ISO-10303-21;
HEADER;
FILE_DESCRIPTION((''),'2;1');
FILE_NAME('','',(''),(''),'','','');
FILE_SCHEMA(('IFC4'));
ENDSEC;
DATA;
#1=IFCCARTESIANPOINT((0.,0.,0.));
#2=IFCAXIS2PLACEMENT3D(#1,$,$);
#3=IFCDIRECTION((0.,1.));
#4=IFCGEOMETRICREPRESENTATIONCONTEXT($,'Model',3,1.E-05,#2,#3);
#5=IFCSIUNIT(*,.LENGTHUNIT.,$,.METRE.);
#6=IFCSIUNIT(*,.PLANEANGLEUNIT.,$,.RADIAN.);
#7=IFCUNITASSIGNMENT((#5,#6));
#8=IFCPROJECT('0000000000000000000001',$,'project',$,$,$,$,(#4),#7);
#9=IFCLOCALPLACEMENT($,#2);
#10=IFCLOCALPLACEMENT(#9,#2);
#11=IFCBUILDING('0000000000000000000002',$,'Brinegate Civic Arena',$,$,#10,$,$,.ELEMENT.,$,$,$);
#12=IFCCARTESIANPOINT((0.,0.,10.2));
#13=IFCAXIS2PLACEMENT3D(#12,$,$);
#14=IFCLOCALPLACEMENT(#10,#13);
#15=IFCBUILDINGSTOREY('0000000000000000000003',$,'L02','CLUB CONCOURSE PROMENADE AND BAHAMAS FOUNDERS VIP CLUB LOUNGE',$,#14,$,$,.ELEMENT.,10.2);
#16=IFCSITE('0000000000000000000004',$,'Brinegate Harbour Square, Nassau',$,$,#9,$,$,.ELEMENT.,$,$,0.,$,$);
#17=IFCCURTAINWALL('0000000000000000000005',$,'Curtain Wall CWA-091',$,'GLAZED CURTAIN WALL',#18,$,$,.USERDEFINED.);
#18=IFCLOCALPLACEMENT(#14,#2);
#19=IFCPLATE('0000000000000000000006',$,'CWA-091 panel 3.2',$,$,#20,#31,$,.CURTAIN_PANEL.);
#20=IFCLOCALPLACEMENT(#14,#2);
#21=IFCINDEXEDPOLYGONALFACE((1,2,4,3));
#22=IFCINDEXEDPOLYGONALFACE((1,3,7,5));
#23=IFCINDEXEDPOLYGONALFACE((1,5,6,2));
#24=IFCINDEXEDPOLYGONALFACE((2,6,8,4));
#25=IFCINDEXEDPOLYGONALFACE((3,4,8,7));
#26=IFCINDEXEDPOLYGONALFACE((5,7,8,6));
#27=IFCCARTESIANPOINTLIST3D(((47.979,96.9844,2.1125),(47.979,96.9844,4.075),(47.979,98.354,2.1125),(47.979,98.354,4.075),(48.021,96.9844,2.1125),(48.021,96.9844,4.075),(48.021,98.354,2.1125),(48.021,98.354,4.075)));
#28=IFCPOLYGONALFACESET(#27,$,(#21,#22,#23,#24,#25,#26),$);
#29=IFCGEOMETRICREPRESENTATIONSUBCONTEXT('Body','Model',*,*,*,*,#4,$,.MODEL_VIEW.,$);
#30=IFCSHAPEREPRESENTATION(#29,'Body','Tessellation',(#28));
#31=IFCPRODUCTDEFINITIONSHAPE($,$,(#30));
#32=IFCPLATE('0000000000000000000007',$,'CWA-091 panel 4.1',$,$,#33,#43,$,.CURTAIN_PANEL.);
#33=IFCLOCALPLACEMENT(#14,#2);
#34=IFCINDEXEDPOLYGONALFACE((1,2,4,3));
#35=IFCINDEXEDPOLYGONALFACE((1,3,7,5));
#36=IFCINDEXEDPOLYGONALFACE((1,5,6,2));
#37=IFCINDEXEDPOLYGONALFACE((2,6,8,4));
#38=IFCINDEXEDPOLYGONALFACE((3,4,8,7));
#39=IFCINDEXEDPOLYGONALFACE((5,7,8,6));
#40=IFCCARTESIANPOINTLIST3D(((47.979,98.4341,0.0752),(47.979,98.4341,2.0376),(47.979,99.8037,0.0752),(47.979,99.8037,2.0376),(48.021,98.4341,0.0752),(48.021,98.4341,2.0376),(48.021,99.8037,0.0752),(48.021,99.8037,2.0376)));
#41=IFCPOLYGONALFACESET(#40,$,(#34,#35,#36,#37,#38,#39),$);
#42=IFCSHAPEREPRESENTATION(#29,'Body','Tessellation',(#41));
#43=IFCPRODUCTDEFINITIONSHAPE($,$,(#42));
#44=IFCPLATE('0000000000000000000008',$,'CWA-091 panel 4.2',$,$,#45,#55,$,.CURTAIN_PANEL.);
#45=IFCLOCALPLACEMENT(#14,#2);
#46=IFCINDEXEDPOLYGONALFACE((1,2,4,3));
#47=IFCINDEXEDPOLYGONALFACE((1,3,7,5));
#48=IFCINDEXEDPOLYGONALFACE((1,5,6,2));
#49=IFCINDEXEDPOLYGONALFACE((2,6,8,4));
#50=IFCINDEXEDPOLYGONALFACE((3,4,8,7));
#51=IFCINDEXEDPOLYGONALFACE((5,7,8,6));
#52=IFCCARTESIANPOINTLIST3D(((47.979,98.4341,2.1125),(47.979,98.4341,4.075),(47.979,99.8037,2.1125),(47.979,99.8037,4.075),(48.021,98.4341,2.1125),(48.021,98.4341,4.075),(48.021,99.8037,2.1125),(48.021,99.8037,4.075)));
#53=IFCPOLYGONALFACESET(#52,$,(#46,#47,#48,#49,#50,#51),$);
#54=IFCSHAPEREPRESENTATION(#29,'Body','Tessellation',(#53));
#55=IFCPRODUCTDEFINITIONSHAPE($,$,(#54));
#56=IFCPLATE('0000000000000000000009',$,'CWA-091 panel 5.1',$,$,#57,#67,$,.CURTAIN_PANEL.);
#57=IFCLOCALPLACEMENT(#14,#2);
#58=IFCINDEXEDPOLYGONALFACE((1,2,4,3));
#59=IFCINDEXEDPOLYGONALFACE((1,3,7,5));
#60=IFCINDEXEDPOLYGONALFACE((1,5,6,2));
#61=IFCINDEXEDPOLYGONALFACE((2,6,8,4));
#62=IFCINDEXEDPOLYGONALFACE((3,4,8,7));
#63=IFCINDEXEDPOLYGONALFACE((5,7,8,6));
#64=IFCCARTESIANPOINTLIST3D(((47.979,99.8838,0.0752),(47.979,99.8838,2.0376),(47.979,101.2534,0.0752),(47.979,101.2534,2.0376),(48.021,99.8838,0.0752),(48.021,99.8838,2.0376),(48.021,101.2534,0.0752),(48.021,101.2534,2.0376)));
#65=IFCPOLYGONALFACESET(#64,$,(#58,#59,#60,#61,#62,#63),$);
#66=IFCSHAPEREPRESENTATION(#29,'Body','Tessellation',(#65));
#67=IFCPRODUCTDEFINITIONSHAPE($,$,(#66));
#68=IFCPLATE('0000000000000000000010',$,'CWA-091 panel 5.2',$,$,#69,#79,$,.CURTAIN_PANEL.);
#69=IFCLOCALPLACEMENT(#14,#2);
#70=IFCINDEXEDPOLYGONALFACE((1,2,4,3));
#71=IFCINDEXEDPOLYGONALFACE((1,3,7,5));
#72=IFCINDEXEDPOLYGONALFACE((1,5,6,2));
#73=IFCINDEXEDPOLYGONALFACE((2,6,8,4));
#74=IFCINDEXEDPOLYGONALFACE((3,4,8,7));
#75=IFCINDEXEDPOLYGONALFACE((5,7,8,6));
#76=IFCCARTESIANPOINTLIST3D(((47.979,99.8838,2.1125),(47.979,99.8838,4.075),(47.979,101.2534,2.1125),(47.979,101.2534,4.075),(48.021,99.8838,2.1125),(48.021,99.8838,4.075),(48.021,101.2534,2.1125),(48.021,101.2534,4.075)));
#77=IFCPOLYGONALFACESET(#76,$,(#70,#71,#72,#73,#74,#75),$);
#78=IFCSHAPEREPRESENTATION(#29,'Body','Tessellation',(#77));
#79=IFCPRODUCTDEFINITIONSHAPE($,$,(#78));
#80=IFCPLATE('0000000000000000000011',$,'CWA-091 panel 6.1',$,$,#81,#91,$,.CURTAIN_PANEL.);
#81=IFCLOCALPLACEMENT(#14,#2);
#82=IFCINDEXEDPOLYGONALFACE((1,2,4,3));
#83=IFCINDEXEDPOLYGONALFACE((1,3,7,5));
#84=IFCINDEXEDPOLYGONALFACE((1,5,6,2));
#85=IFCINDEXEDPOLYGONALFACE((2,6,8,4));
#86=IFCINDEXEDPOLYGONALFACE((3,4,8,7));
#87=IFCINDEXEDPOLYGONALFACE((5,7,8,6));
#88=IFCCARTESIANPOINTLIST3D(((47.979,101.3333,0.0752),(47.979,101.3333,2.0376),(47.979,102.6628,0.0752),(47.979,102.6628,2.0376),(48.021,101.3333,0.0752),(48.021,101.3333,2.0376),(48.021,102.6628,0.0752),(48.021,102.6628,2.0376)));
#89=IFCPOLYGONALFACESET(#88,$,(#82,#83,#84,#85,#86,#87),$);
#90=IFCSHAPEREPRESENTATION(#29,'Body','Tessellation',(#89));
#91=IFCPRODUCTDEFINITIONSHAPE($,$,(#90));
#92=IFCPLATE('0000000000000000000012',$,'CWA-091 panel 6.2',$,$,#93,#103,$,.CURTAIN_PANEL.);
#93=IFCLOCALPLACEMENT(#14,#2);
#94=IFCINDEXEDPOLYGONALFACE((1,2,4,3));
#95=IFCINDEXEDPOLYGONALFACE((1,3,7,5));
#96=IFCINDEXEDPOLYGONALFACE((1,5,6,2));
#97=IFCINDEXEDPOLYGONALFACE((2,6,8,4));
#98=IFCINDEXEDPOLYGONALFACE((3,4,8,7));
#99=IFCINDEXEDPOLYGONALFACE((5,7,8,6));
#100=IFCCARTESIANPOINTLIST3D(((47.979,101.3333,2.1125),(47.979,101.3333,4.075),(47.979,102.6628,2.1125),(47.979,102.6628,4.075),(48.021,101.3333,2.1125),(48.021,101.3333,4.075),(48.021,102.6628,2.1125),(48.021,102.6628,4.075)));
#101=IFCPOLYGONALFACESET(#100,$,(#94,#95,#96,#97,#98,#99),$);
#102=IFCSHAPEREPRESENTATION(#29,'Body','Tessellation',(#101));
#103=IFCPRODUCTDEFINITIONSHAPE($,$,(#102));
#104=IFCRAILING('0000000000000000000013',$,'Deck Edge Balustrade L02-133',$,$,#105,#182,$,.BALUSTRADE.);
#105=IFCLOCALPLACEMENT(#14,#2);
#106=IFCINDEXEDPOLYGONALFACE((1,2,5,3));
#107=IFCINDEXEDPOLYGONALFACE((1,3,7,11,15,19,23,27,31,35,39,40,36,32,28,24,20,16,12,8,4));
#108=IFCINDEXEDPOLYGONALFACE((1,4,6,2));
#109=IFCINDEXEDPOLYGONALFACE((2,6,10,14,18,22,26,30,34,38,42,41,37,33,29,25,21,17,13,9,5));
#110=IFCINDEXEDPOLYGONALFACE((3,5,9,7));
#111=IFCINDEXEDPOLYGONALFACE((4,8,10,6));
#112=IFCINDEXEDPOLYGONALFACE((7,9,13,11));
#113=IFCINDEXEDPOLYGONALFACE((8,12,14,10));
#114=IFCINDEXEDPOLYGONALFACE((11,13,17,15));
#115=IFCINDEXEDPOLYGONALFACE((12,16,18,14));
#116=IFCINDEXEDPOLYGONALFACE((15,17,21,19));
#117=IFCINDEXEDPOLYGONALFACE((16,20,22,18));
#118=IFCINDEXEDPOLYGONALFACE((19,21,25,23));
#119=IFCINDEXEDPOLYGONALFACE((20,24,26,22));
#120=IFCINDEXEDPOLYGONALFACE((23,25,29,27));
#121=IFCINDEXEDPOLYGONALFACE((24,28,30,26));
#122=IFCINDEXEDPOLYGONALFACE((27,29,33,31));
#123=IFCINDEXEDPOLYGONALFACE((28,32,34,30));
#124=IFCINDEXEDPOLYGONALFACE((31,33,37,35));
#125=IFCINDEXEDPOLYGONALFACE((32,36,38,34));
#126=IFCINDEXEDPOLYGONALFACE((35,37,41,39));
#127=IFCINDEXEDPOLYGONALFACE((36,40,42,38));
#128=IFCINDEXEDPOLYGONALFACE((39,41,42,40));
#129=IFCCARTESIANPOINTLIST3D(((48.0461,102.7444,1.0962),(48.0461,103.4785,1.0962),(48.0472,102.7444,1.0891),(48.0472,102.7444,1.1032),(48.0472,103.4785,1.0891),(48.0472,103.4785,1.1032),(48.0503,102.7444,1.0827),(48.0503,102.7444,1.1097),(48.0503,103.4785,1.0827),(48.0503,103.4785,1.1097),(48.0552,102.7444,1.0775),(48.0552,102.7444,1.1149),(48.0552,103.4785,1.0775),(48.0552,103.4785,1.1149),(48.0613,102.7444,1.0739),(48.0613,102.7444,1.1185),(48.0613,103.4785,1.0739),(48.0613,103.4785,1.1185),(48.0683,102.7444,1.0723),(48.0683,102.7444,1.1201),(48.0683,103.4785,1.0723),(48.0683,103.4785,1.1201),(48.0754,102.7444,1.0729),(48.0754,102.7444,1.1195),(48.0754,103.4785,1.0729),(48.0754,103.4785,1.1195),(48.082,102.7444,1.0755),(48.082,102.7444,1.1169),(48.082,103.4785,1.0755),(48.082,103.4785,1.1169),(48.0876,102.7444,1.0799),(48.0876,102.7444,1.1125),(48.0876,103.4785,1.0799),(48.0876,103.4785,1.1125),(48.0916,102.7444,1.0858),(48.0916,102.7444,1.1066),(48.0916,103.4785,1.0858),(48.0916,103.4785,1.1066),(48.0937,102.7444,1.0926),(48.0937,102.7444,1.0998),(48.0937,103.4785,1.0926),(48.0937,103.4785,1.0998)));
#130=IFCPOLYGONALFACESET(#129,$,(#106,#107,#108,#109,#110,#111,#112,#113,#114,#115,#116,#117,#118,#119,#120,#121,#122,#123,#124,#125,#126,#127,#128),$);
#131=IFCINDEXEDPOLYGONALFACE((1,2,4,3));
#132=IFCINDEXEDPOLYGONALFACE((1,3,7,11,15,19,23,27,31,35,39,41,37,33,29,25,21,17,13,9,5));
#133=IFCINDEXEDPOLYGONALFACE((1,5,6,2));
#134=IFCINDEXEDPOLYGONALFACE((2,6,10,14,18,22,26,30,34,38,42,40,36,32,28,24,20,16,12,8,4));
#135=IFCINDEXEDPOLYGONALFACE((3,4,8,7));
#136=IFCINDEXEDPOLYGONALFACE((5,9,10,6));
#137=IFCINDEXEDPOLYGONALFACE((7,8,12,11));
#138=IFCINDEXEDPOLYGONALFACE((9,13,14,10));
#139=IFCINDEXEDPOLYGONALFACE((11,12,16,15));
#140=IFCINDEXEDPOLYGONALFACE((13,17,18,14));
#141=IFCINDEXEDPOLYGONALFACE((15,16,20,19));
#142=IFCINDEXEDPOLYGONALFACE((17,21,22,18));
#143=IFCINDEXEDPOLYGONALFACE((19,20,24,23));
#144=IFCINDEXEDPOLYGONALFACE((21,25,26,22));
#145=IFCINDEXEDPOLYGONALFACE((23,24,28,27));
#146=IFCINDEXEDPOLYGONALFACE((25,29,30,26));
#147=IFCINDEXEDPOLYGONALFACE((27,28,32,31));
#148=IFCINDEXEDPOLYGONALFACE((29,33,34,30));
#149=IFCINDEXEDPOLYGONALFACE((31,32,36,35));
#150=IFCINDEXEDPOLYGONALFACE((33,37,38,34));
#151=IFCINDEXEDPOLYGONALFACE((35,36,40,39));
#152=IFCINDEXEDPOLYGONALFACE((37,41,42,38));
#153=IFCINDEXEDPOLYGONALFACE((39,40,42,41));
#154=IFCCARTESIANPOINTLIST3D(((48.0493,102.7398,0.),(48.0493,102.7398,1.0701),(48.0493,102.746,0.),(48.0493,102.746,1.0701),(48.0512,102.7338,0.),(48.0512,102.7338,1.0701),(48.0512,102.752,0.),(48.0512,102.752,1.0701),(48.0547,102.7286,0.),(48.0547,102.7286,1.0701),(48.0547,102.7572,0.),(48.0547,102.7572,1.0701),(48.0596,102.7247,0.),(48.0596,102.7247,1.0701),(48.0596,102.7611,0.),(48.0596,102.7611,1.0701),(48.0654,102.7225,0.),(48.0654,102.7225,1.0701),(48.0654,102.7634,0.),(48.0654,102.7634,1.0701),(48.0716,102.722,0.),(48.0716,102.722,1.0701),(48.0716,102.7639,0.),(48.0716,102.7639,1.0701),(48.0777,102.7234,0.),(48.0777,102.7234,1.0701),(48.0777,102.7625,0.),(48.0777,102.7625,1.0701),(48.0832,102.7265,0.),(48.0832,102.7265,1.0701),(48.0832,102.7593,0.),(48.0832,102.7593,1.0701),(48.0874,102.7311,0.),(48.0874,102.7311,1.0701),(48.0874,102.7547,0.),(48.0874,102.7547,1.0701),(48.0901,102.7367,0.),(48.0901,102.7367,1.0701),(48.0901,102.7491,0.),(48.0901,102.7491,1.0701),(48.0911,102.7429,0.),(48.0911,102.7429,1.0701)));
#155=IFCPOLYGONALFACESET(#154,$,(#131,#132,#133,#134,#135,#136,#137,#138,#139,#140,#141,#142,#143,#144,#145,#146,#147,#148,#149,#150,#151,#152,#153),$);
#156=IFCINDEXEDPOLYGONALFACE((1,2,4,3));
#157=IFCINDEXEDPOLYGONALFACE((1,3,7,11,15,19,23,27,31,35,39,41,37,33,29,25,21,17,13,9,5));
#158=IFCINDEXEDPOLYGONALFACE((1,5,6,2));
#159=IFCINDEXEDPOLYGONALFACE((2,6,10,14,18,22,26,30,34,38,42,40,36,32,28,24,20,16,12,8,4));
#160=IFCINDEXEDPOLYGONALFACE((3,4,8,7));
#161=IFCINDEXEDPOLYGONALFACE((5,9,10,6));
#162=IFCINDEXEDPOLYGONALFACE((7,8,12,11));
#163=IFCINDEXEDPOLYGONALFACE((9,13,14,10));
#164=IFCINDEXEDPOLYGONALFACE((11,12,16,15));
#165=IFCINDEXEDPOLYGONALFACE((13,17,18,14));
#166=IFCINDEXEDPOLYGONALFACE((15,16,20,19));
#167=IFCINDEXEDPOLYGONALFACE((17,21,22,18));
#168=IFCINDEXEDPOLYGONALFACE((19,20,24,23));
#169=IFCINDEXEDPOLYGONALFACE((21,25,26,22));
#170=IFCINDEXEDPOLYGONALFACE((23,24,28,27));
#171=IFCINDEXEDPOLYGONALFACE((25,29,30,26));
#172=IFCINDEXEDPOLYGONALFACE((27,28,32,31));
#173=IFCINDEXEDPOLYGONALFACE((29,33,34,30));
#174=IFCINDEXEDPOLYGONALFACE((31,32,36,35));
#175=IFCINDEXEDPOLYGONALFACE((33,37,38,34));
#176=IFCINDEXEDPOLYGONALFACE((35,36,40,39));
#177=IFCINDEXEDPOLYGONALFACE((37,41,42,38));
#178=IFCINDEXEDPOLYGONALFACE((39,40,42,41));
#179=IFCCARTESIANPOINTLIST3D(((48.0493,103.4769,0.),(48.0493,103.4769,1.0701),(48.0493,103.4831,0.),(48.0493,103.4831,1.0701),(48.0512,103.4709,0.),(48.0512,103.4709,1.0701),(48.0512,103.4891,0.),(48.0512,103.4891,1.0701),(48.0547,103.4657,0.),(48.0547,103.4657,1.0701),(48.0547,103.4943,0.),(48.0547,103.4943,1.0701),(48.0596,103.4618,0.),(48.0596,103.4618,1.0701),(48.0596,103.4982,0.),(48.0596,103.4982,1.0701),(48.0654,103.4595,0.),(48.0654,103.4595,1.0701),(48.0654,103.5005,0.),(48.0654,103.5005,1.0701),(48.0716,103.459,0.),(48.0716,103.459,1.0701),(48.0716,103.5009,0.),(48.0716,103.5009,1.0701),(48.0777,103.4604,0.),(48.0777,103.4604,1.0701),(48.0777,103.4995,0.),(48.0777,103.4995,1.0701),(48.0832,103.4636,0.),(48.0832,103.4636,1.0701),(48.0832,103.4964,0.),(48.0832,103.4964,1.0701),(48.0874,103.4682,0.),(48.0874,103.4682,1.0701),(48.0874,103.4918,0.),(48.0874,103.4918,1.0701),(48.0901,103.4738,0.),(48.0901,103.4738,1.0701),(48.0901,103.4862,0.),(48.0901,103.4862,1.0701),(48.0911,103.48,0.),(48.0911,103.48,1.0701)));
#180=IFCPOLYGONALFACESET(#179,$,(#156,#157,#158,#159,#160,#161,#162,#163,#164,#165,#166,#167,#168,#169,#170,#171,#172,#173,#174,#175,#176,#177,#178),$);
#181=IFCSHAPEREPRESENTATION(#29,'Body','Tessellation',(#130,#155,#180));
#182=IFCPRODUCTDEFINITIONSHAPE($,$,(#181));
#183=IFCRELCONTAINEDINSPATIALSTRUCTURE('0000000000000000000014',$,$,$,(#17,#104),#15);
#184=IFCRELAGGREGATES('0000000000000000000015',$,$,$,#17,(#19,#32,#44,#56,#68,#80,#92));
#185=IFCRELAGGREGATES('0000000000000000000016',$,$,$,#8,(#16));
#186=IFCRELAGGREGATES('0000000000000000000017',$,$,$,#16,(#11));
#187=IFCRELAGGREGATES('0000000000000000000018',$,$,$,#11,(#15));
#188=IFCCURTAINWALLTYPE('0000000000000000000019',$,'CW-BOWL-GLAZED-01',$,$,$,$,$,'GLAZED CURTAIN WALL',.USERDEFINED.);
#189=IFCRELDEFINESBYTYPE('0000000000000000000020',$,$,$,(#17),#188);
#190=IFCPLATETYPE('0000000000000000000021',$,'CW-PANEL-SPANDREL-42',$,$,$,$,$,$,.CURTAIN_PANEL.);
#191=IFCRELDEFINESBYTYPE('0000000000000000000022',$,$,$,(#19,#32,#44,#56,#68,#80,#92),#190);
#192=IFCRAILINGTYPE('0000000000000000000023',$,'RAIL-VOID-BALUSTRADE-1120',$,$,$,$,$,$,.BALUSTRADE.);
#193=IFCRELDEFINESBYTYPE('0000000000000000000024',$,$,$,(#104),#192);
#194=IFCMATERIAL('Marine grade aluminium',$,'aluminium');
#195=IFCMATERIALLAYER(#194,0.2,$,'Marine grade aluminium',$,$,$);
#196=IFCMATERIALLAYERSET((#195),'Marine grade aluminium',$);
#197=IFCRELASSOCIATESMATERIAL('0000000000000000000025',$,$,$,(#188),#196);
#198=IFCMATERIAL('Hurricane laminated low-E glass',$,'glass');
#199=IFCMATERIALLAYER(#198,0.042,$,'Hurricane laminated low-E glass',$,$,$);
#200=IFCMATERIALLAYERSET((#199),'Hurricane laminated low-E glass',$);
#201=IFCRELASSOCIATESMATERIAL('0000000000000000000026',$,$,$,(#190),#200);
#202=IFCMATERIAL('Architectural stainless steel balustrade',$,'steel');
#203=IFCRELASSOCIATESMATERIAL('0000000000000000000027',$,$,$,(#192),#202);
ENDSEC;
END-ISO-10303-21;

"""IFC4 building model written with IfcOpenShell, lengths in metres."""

from ifc_helpers import new_model, si_unit, direction, frame, origin, origin_2d, place, context, subcontext, project, spatial, rectangle, circle, extrude, material, layer, layer_set, type_object, element, aggregate, save


model = new_model("IFC4")

# Units and contexts
model_context = context("Model", 3, precision=1e-05, world=origin(), true_north=direction((0.0, 1.0)))
body_context = subcontext(model_context, "Body", "Model", "MODEL_VIEW")
ifc_project = project(units=[si_unit("LENGTHUNIT", "METRE"), si_unit("PLANEANGLEUNIT", "RADIAN")], contexts=[model_context])

# Site, building, storey
site_placement = place(None, origin())
site = spatial("IfcSite", under=ifc_project, at=site_placement, Name="Brinegate Harbour Square, Nassau", CompositionType="ELEMENT", RefElevation=0.0)
building_placement = place(site_placement, origin())
building = spatial("IfcBuilding", under=site, at=building_placement, Name="Brinegate Civic Arena", CompositionType="ELEMENT")
storey_placement = place(building_placement, frame((0.0, 0.0, 10.2)))
storey = spatial("IfcBuildingStorey", under=building, at=storey_placement, Name="L02", Description="CLUB CONCOURSE PROMENADE AND BAHAMAS FOUNDERS VIP CLUB LOUNGE", CompositionType="ELEMENT", Elevation=10.2)

# Shared definitions
ifc_material_1 = material(Name="Marine grade aluminium", Category="aluminium")
ifc_layer_1 = layer(ifc_material_1, 0.2, Name="Marine grade aluminium")
ifc_layer_set_1 = layer_set([ifc_layer_1], Name="Marine grade aluminium")
curtain_wall_type = type_object("IfcCurtainWallType", Name="CW-BOWL-GLAZED-01", ElementType="GLAZED CURTAIN WALL", PredefinedType="USERDEFINED", material=ifc_layer_set_1)

# Curtain wall
curtain_wall_1_placement = place(storey_placement, origin())
curtain_wall_1 = element("IfcCurtainWall", 1, at=curtain_wall_1_placement, inside=storey, type_object=curtain_wall_type, Name="Curtain Wall CWA-091", ObjectType="GLAZED CURTAIN WALL", PredefinedType="USERDEFINED")

# Plates
ifc_material_2 = material(Name="Hurricane laminated low-E glass", Category="glass")
ifc_layer_2 = layer(ifc_material_2, 0.042, Name="Hurricane laminated low-E glass")
ifc_layer_set_2 = layer_set([ifc_layer_2], Name="Hurricane laminated low-E glass")
plate_type = type_object("IfcPlateType", Name="CW-PANEL-SPANDREL-42", PredefinedType="CURTAIN_PANEL", material=ifc_layer_set_2)
plate_1_placement = place(storey_placement, frame((48.0, 97.6692, 2.1125), z_axis=(0.0, 0.0, 1.0), x_axis=(0.0, 1.0, 0.0)))
plate_1 = element("IfcPlate", 2, at=plate_1_placement, type_object=plate_type, Name="CWA-091 panel 3.2", PredefinedType="CURTAIN_PANEL", context=body_context, shape_type="SweptSolid", body=[
    extrude(rectangle(XDim=1.3696, YDim=0.042, at=origin_2d()), origin(), (0.0, 0.0, 1.0), 1.9624),
])
plate_2_placement = place(storey_placement, frame((48.0, 99.1189, 0.0752), z_axis=(0.0, 0.0, 1.0), x_axis=(0.0, 1.0, 0.0)))
plate_2 = element("IfcPlate", 3, at=plate_2_placement, type_object=plate_type, Name="CWA-091 panel 4.1", PredefinedType="CURTAIN_PANEL", context=body_context, shape_type="SweptSolid", body=[
    extrude(rectangle(XDim=1.3696, YDim=0.042, at=origin_2d()), origin(), (0.0, 0.0, 1.0), 1.9624),
])
plate_3_placement = place(storey_placement, frame((48.0, 99.1189, 2.1125), z_axis=(0.0, 0.0, 1.0), x_axis=(0.0, 1.0, 0.0)))
plate_3 = element("IfcPlate", 4, at=plate_3_placement, type_object=plate_type, Name="CWA-091 panel 4.2", PredefinedType="CURTAIN_PANEL", context=body_context, shape_type="SweptSolid", body=[
    extrude(rectangle(XDim=1.3696, YDim=0.042, at=origin_2d()), origin(), (0.0, 0.0, 1.0), 1.9624),
])
plate_4_placement = place(storey_placement, frame((48.0, 100.5686, 0.0752), z_axis=(0.0, 0.0, 1.0), x_axis=(0.0, 1.0, 0.0)))
plate_4 = element("IfcPlate", 5, at=plate_4_placement, type_object=plate_type, Name="CWA-091 panel 5.1", PredefinedType="CURTAIN_PANEL", context=body_context, shape_type="SweptSolid", body=[
    extrude(rectangle(XDim=1.3696, YDim=0.042, at=origin_2d()), origin(), (0.0, 0.0, 1.0), 1.9624),
])
plate_5_placement = place(storey_placement, frame((48.0, 100.5686, 2.1125), z_axis=(0.0, 0.0, 1.0), x_axis=(0.0, 1.0, 0.0)))
plate_5 = element("IfcPlate", 6, at=plate_5_placement, type_object=plate_type, Name="CWA-091 panel 5.2", PredefinedType="CURTAIN_PANEL", context=body_context, shape_type="SweptSolid", body=[
    extrude(rectangle(XDim=1.3696, YDim=0.042, at=origin_2d()), origin(), (0.0, 0.0, 1.0), 1.9624),
])
plate_6_placement = place(storey_placement, frame((48.0, 101.998, 0.0752), z_axis=(0.0, 0.0, 1.0), x_axis=(0.0, 1.0, 0.0)))
plate_6 = element("IfcPlate", 7, at=plate_6_placement, type_object=plate_type, Name="CWA-091 panel 6.1", PredefinedType="CURTAIN_PANEL", context=body_context, shape_type="SweptSolid", body=[
    extrude(rectangle(XDim=1.3296, YDim=0.042, at=origin_2d()), origin(), (0.0, 0.0, 1.0), 1.9624),
])
plate_7_placement = place(storey_placement, frame((48.0, 101.998, 2.1125), z_axis=(0.0, 0.0, 1.0), x_axis=(0.0, 1.0, 0.0)))
plate_7 = element("IfcPlate", 8, at=plate_7_placement, type_object=plate_type, Name="CWA-091 panel 6.2", PredefinedType="CURTAIN_PANEL", context=body_context, shape_type="SweptSolid", body=[
    extrude(rectangle(XDim=1.3296, YDim=0.042, at=origin_2d()), origin(), (0.0, 0.0, 1.0), 1.9624),
])
aggregate(curtain_wall_1, [plate_1, plate_2, plate_3, plate_4, plate_5, plate_6, plate_7])

# Railing
ifc_material_3 = material(Name="Architectural stainless steel balustrade", Category="steel")
railing_type = type_object("IfcRailingType", Name="RAIL-VOID-BALUSTRADE-1120", PredefinedType="BALUSTRADE", material=ifc_material_3)
for number, where, name in (
    (9, (48.0701, 102.7429, 0.0), "Deck Edge Balustrade L02-133"),
):
    element("IfcRailing", number, at=place(storey_placement, frame(where)), inside=storey, type_object=railing_type, Name=name, PredefinedType="BALUSTRADE", context=body_context, shape_type="SweptSolid", body=[
        extrude(circle(Radius=0.0239, at=origin_2d()), frame((0.0, 0.0015, 1.0962), z_axis=(0.0, 1.0, 0.0), x_axis=(-1.0, 0.0, 0.0)), (0.0, 0.0, 1.0), 0.7341),
        extrude(circle(Radius=0.021, at=origin_2d()), origin(), (0.0, 0.0, 1.0), 1.0701),
        extrude(circle(Radius=0.021, at=origin_2d()), frame((0.0, 0.7371, 0.0)), (0.0, 0.0, 1.0), 1.0701),
    ])

save(model, "model.ifc")
